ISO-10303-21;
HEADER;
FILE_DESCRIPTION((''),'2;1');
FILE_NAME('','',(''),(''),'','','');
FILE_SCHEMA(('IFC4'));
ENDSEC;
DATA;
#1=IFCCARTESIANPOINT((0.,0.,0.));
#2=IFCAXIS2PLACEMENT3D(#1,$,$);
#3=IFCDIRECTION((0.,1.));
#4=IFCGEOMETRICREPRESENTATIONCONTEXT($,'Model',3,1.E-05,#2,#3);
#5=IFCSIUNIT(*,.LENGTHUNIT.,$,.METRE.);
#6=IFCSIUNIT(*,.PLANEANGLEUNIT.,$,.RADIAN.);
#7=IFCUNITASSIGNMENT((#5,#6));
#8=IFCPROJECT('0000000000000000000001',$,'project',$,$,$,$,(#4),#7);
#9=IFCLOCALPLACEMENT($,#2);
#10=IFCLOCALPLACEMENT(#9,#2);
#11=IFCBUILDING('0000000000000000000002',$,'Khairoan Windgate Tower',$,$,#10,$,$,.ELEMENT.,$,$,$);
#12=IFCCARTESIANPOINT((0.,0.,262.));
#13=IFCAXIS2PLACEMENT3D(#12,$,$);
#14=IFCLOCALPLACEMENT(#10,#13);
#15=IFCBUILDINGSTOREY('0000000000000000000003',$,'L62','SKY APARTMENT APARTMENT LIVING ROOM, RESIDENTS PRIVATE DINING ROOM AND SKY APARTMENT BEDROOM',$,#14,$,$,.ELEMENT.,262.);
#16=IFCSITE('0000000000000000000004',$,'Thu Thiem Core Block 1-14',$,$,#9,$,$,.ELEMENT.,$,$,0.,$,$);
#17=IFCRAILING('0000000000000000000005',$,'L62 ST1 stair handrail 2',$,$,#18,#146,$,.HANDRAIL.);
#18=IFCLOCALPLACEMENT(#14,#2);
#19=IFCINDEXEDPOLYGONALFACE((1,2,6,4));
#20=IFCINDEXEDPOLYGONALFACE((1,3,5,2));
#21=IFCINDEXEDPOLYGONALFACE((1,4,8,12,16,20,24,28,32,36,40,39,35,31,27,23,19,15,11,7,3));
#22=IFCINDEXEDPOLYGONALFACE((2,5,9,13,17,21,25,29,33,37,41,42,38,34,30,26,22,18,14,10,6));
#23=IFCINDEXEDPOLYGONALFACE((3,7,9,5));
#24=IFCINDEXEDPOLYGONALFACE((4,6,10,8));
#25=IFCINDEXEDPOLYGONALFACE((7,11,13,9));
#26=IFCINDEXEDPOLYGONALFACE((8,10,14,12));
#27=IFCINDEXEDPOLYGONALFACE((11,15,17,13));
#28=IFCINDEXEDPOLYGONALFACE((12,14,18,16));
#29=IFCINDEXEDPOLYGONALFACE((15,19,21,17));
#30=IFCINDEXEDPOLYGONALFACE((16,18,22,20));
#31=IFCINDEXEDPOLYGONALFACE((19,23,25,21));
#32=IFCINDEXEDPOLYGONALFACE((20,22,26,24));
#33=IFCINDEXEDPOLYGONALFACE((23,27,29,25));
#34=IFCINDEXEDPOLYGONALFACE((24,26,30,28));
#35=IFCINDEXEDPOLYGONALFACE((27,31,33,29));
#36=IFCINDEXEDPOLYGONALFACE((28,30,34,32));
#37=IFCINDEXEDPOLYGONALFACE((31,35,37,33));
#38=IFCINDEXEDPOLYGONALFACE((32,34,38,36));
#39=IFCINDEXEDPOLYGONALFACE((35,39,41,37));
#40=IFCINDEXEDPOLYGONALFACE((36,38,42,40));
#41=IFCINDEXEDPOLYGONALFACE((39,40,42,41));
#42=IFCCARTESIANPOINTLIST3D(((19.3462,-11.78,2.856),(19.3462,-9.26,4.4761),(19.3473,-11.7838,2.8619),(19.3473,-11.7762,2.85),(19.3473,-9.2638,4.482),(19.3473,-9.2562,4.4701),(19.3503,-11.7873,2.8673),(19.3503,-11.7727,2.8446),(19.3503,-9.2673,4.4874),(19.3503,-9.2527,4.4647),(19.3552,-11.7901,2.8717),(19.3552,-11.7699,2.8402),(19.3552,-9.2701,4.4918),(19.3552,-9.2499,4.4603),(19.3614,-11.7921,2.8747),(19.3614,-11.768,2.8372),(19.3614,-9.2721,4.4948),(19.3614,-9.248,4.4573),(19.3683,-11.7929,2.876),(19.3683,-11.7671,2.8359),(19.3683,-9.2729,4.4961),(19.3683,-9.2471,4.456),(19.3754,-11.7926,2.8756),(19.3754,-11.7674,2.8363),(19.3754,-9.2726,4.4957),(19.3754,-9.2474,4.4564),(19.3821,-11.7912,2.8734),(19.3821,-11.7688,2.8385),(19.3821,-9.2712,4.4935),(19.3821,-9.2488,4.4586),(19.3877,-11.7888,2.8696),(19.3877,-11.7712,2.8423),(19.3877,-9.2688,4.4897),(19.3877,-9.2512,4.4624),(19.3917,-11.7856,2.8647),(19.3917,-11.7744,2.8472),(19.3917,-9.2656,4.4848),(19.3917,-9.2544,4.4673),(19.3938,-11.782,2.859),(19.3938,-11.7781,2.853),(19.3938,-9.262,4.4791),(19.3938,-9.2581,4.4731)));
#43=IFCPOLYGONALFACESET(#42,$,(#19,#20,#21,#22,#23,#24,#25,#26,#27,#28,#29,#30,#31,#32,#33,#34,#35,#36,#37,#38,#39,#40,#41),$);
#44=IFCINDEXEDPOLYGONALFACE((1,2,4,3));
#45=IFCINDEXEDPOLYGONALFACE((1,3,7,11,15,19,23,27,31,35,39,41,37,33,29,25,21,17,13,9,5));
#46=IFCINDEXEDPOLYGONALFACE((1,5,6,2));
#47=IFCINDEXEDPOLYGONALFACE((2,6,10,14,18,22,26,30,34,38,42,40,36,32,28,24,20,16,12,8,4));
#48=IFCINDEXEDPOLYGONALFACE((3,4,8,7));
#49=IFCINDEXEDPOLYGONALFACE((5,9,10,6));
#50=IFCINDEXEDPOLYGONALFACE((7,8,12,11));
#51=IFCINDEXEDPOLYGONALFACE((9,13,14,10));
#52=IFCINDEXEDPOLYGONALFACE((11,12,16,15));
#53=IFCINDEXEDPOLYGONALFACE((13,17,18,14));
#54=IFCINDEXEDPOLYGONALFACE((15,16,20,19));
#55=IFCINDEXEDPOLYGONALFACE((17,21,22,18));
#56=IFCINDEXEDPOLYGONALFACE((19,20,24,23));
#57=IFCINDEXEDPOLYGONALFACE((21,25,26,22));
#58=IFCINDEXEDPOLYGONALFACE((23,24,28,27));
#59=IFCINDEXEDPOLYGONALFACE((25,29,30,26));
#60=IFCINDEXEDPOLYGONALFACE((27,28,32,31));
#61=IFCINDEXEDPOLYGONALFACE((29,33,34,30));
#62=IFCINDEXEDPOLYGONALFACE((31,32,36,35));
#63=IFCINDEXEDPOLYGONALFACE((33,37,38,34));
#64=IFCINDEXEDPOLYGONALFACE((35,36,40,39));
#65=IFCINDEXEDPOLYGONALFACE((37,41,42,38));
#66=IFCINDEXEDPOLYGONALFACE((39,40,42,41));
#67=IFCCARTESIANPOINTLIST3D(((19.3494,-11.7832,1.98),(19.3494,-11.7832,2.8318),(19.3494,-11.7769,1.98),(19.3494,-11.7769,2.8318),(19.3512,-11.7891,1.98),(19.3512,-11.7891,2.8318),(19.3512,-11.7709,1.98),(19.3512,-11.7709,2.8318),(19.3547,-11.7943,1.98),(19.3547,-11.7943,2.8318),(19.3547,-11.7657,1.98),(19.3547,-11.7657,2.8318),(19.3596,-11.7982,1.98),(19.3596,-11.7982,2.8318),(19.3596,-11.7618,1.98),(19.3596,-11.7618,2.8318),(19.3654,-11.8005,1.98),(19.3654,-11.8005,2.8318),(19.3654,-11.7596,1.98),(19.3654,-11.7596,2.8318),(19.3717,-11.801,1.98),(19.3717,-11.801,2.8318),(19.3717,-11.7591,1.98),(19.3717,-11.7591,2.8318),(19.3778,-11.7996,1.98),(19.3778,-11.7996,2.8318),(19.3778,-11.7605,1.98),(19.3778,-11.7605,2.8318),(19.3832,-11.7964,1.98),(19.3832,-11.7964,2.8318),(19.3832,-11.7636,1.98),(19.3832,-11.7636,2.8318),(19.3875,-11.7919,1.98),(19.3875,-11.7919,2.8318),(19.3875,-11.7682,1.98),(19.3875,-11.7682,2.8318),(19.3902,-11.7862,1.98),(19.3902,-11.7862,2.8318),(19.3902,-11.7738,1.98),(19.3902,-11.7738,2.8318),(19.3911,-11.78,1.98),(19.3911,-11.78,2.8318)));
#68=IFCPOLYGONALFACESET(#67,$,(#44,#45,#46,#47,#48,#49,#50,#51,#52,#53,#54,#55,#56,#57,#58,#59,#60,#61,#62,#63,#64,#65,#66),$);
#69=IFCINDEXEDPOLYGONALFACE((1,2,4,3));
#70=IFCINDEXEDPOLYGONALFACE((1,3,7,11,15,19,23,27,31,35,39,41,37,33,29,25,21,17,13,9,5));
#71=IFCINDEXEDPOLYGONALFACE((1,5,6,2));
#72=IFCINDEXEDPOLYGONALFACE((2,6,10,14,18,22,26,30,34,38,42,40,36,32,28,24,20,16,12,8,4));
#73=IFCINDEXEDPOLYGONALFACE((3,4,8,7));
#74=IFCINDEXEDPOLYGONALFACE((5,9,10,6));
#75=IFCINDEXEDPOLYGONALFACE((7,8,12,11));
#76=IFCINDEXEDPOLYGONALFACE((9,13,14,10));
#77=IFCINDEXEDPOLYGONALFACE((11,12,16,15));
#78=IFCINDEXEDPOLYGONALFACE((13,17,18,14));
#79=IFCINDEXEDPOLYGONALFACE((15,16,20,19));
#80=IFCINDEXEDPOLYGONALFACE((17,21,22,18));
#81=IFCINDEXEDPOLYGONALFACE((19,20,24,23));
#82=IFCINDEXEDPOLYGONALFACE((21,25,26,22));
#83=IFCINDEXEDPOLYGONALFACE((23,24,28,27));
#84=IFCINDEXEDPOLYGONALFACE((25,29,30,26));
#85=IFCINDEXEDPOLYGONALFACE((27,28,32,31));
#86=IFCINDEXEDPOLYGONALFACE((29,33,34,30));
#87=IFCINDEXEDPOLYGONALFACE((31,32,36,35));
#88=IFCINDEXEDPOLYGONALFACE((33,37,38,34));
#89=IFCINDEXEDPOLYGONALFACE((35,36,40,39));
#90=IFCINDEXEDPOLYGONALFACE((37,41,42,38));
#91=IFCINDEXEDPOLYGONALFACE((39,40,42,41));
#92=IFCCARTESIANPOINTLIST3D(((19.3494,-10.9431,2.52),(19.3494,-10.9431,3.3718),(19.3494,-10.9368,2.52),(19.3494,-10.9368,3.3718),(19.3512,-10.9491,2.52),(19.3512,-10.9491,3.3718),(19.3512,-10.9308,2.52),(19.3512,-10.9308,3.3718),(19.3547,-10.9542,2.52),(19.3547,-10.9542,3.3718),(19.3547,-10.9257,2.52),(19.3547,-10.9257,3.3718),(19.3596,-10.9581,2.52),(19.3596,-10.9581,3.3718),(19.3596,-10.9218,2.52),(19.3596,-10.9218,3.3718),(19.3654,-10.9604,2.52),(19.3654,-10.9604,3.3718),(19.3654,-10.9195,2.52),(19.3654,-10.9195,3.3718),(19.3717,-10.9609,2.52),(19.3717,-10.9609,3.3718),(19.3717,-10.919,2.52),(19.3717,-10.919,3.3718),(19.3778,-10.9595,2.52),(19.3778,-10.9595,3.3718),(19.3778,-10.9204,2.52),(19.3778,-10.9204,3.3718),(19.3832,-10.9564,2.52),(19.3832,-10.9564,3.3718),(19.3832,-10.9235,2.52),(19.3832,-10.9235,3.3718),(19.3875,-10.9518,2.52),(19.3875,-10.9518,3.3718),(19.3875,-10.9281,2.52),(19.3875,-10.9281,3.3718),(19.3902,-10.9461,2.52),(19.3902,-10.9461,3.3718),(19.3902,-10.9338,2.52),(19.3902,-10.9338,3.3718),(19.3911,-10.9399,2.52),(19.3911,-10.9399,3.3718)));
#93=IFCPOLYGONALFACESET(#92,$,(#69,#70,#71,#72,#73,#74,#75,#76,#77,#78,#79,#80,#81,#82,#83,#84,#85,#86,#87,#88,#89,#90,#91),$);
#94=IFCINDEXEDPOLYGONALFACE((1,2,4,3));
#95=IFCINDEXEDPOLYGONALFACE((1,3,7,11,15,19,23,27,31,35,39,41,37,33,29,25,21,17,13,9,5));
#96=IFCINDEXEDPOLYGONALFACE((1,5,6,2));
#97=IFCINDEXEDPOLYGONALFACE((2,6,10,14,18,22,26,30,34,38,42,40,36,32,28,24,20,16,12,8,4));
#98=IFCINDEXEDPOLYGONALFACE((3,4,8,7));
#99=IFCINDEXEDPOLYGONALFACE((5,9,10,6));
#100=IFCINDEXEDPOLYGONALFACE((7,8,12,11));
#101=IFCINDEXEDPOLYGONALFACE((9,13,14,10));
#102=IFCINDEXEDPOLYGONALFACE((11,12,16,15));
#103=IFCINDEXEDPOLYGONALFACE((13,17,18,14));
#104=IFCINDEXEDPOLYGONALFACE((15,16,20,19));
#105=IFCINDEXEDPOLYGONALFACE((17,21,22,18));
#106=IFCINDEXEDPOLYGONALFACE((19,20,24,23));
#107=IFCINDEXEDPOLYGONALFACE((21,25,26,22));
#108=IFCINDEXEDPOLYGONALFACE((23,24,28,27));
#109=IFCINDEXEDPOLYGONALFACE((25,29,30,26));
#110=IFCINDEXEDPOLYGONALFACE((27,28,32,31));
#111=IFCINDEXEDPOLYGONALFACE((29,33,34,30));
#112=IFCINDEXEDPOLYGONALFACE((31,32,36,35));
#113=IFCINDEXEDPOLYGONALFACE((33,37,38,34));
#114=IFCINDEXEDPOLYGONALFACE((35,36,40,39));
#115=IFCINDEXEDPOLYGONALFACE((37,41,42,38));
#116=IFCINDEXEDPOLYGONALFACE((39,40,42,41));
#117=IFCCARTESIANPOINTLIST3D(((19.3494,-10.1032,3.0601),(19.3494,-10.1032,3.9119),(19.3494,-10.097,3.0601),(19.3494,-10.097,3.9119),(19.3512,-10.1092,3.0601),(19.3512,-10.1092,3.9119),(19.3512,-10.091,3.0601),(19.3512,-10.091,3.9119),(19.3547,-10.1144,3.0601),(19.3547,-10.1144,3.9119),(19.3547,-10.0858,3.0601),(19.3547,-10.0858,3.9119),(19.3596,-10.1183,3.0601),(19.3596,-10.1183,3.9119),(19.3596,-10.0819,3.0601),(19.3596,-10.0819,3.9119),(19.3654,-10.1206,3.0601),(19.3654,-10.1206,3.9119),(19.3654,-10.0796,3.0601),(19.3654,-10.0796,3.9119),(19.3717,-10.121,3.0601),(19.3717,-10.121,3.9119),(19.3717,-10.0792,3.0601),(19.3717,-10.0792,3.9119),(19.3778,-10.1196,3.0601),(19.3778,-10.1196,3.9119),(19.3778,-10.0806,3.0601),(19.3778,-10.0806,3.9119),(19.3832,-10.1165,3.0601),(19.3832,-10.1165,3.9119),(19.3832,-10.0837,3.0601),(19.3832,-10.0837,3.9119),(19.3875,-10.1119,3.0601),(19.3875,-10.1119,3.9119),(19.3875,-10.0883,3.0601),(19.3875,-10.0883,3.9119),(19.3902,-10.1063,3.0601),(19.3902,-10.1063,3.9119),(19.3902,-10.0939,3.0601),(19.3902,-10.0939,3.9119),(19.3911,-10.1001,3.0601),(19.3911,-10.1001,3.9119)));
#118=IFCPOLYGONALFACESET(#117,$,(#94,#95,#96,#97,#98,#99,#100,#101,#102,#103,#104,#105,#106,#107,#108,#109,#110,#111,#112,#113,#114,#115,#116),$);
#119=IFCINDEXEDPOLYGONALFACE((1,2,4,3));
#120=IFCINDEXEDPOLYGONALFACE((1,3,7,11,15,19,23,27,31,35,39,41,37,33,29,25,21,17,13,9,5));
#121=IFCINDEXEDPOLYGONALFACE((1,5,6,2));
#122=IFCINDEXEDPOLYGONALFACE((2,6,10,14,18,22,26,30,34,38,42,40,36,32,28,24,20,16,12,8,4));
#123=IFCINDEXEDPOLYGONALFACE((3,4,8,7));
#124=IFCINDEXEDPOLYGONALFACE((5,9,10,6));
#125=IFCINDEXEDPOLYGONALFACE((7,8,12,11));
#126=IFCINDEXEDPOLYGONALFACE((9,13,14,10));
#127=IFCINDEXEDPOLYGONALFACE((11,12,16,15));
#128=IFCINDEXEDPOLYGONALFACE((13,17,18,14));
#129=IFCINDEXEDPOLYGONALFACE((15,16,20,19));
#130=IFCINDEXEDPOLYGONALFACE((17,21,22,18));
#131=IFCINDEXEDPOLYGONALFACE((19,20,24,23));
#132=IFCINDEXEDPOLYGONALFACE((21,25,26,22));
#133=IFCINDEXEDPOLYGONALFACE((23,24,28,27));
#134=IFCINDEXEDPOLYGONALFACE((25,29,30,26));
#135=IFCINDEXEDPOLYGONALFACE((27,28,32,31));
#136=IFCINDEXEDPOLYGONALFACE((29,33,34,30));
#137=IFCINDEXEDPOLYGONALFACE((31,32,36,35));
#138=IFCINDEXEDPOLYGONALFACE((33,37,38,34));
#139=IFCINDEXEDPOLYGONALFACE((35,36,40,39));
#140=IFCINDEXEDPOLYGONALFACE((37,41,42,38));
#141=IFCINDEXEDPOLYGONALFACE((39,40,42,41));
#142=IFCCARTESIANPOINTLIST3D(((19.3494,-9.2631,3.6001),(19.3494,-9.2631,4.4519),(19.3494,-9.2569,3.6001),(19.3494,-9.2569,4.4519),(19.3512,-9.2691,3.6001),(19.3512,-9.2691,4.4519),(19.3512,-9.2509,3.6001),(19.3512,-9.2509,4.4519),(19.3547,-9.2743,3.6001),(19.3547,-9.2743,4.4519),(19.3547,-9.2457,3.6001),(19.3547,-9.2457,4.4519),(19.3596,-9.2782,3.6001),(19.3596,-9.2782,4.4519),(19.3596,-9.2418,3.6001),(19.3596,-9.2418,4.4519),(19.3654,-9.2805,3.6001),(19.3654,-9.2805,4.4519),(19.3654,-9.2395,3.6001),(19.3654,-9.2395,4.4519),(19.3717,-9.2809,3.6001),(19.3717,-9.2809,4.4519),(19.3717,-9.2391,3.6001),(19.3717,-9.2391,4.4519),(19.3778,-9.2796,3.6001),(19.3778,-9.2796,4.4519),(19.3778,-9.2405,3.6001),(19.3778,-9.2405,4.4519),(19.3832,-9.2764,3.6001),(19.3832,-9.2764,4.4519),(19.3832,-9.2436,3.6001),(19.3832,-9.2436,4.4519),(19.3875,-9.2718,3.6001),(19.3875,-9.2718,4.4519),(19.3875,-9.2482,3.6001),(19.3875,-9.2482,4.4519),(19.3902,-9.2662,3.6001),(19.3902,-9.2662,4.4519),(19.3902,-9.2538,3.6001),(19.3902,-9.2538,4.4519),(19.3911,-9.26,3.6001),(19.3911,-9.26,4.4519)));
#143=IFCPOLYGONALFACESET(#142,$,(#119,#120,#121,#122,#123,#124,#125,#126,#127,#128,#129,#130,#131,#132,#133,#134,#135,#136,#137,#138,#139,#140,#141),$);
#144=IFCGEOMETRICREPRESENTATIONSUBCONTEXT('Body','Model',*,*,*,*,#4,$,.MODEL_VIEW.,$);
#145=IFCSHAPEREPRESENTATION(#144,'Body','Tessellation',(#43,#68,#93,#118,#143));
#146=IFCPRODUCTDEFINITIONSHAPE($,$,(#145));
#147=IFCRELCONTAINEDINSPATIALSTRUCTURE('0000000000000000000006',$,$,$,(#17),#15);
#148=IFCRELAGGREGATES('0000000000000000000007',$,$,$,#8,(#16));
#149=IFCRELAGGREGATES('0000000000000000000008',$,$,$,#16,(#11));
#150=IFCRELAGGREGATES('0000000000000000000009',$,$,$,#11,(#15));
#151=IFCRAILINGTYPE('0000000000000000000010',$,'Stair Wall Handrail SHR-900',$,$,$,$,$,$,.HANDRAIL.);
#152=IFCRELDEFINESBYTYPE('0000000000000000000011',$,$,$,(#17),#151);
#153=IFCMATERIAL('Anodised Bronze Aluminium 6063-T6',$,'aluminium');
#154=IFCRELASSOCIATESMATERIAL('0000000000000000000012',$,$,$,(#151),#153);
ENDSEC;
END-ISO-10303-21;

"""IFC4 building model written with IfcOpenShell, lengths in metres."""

from ifc_helpers import new_model, si_unit, direction, frame, origin, origin_2d, place, context, subcontext, project, spatial, circle, extrude, material, type_object, element, save


model = new_model("IFC4")

# Units and contexts
model_context = context("Model", 3, precision=1e-05, world=origin(), true_north=direction((0.0, 1.0)))
body_context = subcontext(model_context, "Body", "Model", "MODEL_VIEW")
ifc_project = project(units=[si_unit("LENGTHUNIT", "METRE"), si_unit("PLANEANGLEUNIT", "RADIAN")], contexts=[model_context])

# Site, building, storey
site_placement = place(None, origin())
site = spatial("IfcSite", under=ifc_project, at=site_placement, Name="Thu Thiem Core Block 1-14", CompositionType="ELEMENT", RefElevation=0.0)
building_placement = place(site_placement, origin())
building = spatial("IfcBuilding", under=site, at=building_placement, Name="Khairoan Windgate Tower", CompositionType="ELEMENT")
storey_placement = place(building_placement, frame((0.0, 0.0, 262.0)))
storey = spatial("IfcBuildingStorey", under=building, at=storey_placement, Name="L62", Description="SKY APARTMENT APARTMENT LIVING ROOM, RESIDENTS PRIVATE DINING ROOM AND SKY APARTMENT BEDROOM", CompositionType="ELEMENT", Elevation=262.0)

# Railing
ifc_material_1 = material(Name="Anodised Bronze Aluminium 6063-T6", Category="aluminium")
railing_type_1 = type_object("IfcRailingType", Name="Stair Wall Handrail SHR-900", PredefinedType="HANDRAIL", material=ifc_material_1)
railing_1_placement = place(storey_placement, frame((19.3701, -11.78, 1.98)))
element("IfcRailing", 1, at=railing_1_placement, inside=storey, type_object=railing_type_1, Name="L62 ST1 stair handrail 2", PredefinedType="HANDRAIL", context=body_context, shape_type="SweptSolid", body=[
    extrude(circle(Radius=0.0239, at=origin_2d()), frame((0.0, 0.0, 0.876), z_axis=(0.0, 0.841163, 0.540782), x_axis=(-1.0, 0.0, 0.0)), (0.0, 0.0, 1.0), 2.9958),
    extrude(circle(Radius=0.021, at=origin_2d()), origin(), (0.0, 0.0, 1.0), 0.8518),
    extrude(circle(Radius=0.021, at=origin_2d()), frame((0.0, 0.8401, 0.54)), (0.0, 0.0, 1.0), 0.8518),
    extrude(circle(Radius=0.021, at=origin_2d()), frame((0.0, 1.6799, 1.0801)), (0.0, 0.0, 1.0), 0.8518),
    extrude(circle(Radius=0.021, at=origin_2d()), frame((0.0, 2.52, 1.6201)), (0.0, 0.0, 1.0), 0.8518),
])

save(model, "model.ifc")
